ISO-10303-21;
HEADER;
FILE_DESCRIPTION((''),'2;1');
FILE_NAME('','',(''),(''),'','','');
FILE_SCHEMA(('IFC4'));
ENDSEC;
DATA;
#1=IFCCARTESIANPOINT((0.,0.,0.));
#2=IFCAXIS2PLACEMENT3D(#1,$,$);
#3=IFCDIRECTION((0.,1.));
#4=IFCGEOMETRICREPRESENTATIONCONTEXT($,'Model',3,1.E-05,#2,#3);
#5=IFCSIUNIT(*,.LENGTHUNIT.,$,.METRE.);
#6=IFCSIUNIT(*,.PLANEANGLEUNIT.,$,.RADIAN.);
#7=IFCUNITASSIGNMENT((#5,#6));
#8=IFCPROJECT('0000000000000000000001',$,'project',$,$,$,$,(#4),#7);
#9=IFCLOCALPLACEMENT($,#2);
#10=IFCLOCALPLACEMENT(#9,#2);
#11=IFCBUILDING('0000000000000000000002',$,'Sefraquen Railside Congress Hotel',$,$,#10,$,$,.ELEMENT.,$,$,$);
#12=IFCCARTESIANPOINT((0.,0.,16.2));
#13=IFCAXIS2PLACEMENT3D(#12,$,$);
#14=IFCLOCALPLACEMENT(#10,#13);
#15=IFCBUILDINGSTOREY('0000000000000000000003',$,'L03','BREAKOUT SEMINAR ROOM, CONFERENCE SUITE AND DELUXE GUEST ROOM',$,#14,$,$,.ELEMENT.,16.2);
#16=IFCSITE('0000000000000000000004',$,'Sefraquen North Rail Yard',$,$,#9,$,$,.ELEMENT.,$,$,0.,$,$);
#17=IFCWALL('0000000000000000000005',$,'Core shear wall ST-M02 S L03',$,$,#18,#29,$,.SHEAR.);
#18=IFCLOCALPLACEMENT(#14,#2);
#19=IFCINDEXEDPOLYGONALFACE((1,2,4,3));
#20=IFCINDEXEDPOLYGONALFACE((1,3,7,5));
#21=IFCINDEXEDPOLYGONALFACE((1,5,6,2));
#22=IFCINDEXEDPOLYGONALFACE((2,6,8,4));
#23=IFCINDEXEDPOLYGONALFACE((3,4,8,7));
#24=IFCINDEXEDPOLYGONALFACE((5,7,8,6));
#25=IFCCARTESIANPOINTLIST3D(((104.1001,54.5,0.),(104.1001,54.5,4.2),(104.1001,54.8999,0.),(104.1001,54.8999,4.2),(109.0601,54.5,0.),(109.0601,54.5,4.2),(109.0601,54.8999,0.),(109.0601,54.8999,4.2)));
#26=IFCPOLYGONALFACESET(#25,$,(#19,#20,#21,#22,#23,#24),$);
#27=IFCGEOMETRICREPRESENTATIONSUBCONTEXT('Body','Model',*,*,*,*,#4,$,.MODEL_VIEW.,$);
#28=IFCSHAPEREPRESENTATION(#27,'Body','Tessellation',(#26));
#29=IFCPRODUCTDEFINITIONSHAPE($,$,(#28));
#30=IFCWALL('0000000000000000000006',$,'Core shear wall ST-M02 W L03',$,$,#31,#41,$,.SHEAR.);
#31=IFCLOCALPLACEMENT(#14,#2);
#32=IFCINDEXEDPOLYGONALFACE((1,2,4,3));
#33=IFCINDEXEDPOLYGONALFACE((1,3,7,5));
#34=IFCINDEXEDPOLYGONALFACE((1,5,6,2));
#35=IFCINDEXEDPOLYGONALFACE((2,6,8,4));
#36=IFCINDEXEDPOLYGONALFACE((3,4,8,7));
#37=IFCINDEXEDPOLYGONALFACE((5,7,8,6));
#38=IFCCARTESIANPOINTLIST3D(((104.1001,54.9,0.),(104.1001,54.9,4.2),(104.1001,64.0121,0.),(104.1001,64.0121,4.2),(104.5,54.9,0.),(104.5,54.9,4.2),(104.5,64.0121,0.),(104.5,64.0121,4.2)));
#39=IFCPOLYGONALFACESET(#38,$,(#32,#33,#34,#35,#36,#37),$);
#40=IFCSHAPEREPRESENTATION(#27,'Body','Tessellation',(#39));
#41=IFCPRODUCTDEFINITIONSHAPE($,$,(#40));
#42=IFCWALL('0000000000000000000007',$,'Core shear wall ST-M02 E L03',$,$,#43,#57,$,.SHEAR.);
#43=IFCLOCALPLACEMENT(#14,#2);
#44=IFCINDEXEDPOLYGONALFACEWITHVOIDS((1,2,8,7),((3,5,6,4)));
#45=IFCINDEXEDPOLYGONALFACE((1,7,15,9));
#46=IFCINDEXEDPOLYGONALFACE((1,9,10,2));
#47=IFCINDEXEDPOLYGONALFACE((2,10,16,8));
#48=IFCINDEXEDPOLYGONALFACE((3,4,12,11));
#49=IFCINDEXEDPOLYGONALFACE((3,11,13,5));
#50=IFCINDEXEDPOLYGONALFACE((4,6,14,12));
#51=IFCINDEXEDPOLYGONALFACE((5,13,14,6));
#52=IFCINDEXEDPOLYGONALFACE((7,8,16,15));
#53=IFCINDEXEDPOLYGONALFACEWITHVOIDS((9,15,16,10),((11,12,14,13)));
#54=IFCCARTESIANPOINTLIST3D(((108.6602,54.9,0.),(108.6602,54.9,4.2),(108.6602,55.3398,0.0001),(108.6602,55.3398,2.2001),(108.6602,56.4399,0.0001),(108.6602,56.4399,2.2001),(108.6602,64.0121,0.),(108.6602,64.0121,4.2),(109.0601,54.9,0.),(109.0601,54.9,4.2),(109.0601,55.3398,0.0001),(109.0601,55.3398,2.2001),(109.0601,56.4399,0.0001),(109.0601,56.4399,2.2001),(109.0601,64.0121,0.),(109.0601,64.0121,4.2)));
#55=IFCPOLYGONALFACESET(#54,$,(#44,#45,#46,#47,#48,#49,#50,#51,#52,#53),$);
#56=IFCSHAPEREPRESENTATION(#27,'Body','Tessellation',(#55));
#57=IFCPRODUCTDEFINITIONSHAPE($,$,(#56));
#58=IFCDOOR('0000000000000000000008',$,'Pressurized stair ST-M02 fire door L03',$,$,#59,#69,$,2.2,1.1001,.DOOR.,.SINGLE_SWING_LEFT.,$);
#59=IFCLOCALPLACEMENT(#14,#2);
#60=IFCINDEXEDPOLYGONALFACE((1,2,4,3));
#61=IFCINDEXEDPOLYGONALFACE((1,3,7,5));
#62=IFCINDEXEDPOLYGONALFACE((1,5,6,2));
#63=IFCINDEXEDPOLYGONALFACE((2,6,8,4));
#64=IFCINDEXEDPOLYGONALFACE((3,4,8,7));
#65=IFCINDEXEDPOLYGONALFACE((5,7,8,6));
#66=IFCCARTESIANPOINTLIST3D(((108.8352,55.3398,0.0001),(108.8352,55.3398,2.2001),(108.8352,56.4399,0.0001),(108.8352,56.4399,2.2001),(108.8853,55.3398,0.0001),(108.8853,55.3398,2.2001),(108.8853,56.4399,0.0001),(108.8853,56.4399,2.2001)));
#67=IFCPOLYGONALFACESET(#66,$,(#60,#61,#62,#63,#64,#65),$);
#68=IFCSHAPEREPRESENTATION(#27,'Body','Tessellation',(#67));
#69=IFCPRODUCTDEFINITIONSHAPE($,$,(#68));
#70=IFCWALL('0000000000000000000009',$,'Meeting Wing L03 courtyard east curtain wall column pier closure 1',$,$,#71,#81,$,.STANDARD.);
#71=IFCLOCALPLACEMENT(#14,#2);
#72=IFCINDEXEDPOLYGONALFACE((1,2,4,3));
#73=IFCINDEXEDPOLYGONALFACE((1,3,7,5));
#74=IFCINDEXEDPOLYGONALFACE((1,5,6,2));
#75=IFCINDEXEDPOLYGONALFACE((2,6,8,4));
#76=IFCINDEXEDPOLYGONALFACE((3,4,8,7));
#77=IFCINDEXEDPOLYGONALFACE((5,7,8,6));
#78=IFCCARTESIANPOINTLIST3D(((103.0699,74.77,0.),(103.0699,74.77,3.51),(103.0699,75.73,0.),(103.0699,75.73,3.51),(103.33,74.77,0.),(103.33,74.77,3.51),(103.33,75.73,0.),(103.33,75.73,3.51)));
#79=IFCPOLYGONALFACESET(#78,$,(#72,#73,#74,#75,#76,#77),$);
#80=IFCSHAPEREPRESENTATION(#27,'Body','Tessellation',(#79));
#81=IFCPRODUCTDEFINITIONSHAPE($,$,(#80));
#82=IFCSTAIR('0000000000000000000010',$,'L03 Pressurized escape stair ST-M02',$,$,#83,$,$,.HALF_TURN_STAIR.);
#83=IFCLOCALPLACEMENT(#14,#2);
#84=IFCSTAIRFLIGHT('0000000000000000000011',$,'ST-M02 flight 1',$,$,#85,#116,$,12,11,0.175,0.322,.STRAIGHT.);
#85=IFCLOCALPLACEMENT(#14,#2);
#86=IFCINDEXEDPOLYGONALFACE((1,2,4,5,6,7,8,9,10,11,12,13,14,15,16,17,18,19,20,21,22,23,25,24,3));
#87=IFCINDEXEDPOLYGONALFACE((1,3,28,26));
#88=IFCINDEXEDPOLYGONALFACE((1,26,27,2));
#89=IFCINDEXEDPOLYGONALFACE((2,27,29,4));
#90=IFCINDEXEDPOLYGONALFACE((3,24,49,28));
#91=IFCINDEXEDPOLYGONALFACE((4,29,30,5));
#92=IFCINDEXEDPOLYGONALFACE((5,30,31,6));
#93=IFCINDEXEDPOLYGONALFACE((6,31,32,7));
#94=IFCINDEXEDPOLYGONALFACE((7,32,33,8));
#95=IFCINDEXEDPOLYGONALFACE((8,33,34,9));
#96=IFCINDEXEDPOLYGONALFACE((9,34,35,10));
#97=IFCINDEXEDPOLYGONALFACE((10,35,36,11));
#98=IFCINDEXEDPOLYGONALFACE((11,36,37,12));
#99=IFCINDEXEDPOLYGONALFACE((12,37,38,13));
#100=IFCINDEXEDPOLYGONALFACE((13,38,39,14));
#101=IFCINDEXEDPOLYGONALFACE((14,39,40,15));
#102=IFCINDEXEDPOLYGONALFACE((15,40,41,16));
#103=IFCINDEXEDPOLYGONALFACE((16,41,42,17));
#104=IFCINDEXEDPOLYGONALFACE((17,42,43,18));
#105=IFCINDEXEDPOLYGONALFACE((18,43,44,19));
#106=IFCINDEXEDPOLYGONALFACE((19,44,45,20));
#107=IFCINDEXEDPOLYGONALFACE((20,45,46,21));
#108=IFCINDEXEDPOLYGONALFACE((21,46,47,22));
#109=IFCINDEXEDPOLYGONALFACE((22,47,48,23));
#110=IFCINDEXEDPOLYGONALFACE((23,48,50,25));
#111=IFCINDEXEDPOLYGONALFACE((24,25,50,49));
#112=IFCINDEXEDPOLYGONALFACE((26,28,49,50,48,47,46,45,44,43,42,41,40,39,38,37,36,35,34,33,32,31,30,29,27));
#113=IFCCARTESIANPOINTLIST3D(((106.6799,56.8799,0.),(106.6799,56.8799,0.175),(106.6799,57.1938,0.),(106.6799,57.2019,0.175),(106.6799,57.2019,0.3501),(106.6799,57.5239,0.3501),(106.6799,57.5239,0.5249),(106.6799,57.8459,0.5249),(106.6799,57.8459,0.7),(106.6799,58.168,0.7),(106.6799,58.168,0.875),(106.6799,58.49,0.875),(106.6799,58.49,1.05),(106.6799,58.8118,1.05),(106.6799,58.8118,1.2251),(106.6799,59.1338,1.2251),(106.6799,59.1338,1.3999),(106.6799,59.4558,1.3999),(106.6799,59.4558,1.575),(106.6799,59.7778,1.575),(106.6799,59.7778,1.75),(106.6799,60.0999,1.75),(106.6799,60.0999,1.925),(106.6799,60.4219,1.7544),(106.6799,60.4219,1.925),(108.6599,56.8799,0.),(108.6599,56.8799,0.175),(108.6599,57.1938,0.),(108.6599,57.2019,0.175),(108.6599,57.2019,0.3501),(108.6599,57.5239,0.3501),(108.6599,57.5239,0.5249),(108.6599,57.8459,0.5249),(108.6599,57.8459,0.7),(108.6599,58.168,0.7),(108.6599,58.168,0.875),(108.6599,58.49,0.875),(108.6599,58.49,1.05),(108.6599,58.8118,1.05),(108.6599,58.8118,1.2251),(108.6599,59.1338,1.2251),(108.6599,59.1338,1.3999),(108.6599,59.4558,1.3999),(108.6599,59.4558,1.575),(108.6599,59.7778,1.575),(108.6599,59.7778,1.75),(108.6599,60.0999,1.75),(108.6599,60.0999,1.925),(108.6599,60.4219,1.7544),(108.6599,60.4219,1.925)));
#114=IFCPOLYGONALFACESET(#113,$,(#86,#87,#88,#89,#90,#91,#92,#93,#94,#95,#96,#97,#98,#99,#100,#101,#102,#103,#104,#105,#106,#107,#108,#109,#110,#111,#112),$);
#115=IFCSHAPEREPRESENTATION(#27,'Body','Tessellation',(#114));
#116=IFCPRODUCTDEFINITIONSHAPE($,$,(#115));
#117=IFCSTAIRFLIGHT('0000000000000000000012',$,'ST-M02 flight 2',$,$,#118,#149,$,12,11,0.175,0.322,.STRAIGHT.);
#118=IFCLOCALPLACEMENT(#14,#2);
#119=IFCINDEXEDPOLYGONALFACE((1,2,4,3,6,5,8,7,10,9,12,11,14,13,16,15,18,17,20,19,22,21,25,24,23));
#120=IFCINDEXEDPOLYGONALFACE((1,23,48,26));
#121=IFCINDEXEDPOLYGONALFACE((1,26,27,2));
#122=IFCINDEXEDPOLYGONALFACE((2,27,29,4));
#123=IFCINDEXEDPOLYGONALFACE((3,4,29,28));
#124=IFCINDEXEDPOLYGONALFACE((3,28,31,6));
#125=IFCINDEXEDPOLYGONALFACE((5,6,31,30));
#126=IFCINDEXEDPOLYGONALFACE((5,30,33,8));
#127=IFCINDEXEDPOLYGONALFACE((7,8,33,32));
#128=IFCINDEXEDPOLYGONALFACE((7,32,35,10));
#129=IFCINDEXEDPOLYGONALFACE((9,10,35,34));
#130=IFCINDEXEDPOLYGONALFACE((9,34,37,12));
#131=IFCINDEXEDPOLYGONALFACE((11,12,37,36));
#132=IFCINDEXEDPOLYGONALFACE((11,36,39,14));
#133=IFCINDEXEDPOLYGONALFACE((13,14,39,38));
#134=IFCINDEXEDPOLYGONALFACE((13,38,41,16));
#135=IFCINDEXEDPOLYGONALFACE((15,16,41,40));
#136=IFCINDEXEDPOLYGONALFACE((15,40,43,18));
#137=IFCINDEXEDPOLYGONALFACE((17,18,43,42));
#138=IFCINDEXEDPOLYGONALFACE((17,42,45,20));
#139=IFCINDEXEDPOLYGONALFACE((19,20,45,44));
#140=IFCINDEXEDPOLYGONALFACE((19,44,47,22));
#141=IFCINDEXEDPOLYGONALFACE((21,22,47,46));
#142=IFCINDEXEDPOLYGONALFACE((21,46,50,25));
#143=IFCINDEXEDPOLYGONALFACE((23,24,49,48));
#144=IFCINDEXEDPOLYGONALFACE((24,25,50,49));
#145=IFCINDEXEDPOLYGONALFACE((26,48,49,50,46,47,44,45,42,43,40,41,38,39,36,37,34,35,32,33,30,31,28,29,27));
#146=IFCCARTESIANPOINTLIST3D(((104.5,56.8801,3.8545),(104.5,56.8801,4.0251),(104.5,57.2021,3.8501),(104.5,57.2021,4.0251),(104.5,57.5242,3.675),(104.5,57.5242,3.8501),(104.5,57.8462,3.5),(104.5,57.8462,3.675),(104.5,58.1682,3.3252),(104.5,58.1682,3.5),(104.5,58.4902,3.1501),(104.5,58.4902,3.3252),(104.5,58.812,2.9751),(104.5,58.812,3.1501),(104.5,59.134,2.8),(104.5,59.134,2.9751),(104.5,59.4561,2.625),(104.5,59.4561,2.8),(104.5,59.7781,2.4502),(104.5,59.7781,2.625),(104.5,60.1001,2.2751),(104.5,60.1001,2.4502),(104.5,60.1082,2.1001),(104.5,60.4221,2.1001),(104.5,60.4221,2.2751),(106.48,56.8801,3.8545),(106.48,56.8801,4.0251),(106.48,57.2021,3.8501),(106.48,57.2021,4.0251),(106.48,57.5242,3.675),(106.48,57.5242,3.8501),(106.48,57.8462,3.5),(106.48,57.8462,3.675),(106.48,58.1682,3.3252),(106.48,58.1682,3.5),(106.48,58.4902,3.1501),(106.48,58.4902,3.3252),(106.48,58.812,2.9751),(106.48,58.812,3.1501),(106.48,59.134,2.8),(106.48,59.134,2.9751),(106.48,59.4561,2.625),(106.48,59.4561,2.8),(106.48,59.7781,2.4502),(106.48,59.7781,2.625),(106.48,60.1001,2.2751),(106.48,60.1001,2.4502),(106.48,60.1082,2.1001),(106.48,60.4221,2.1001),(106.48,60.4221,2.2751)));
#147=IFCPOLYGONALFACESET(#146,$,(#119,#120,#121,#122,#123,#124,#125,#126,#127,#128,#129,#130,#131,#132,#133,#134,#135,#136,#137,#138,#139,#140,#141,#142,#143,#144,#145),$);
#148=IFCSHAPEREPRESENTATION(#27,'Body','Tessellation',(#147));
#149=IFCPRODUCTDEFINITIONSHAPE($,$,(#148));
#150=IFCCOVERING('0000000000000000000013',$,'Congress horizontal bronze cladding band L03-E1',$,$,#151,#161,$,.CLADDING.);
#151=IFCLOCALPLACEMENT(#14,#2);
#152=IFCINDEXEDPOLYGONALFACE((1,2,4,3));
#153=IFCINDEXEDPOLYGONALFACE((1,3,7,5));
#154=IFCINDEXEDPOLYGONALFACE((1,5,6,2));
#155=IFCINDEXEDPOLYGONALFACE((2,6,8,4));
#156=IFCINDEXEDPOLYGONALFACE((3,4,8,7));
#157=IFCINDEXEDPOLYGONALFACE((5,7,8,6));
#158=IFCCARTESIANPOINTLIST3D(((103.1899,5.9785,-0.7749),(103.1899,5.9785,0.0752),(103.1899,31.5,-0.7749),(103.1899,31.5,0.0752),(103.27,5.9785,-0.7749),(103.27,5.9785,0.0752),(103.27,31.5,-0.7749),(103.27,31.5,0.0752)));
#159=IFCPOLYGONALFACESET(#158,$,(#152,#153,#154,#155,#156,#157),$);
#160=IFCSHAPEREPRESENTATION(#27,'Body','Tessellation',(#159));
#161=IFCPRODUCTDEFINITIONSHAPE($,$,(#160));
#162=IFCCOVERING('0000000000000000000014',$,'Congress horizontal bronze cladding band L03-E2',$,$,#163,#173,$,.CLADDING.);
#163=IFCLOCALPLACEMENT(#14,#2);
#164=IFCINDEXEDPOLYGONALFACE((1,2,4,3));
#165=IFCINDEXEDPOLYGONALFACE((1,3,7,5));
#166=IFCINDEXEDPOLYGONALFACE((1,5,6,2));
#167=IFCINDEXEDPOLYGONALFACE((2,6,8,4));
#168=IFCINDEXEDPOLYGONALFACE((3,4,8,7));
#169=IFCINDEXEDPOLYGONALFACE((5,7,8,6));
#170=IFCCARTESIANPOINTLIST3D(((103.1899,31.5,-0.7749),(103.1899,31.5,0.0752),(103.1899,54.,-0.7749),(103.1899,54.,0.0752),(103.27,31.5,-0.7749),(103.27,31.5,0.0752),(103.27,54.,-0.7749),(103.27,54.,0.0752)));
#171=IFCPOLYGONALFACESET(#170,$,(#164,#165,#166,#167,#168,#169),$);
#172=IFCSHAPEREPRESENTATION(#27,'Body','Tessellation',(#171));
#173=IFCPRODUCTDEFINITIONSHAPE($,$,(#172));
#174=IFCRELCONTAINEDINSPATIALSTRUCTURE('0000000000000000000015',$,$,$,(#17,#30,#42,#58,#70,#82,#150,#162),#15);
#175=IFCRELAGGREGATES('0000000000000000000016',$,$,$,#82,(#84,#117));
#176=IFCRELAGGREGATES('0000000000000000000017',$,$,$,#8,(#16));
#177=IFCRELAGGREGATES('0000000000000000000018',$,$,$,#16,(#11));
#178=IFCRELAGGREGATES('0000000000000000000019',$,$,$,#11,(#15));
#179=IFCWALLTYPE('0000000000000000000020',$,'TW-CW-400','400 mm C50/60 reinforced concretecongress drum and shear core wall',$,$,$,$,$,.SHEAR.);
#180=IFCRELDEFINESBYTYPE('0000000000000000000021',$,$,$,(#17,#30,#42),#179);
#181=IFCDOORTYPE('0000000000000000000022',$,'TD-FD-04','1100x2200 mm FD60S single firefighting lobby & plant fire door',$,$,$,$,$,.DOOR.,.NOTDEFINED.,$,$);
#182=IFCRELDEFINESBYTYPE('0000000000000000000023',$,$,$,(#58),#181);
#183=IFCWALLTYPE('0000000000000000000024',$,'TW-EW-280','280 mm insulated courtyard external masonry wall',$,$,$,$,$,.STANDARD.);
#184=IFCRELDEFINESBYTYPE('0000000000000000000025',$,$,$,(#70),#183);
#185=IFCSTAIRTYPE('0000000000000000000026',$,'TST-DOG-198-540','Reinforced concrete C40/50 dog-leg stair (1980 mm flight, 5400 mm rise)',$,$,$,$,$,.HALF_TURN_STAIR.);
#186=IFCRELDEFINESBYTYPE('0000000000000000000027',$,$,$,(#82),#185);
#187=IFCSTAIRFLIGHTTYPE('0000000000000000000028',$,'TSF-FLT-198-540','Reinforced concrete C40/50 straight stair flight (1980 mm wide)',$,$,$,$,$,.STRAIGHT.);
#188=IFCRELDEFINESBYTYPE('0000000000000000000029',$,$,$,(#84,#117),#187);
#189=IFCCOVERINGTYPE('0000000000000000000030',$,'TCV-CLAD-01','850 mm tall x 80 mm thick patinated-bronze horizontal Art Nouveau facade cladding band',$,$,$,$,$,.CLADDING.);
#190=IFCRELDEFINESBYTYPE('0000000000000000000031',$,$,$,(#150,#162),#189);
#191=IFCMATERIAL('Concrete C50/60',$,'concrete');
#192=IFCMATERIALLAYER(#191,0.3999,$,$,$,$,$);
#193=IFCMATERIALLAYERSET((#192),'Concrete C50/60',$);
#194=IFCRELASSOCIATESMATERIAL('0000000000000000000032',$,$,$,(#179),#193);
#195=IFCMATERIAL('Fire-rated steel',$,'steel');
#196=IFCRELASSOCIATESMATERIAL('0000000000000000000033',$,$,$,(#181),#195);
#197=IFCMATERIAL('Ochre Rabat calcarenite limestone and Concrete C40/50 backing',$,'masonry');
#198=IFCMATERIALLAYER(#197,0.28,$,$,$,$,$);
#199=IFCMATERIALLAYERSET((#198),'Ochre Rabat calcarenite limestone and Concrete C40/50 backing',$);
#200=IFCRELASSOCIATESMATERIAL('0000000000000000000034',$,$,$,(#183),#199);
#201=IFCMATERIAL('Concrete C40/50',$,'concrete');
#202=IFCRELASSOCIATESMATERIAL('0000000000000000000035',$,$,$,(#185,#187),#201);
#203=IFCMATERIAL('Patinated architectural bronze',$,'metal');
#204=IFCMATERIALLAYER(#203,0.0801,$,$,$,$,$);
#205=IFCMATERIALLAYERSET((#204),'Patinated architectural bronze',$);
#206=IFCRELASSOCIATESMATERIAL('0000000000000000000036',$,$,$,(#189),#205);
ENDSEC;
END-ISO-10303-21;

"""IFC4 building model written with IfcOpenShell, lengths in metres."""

from ifc_helpers import new_model, si_unit, direction, frame, frame_2d, origin, origin_2d, place, context, subcontext, project, spatial, polyline, rectangle, outline, extrude, material, layer, layer_set, type_object, element, fill, aggregate, save


model = new_model("IFC4")

# Units and contexts
model_context = context("Model", 3, precision=1e-05, world=origin(), true_north=direction((0.0, 1.0)))
body_context = subcontext(model_context, "Body", "Model", "MODEL_VIEW")
ifc_project = project(units=[si_unit("LENGTHUNIT", "METRE"), si_unit("PLANEANGLEUNIT", "RADIAN")], contexts=[model_context])

# Site, building, storey
site_placement = place(None, origin())
site = spatial("IfcSite", under=ifc_project, at=site_placement, Name="Sefraquen North Rail Yard", CompositionType="ELEMENT", RefElevation=0.0)
building_placement = place(site_placement, origin())
building = spatial("IfcBuilding", under=site, at=building_placement, Name="Sefraquen Railside Congress Hotel", CompositionType="ELEMENT")
storey_placement = place(building_placement, frame((0.0, 0.0, 16.2)))
storey = spatial("IfcBuildingStorey", under=building, at=storey_placement, Name="L03", Description="BREAKOUT SEMINAR ROOM, CONFERENCE SUITE AND DELUXE GUEST ROOM", CompositionType="ELEMENT", Elevation=16.2)

# Shared definitions
ifc_material_1 = material(Name="Concrete C50/60", Category="concrete")

# Walls
ifc_layer_1 = layer(ifc_material_1, 0.3999)
ifc_layer_set_1 = layer_set([ifc_layer_1], Name="Concrete C50/60")
wall_type_1 = type_object("IfcWallType", Name="TW-CW-400", Description="400 mm C50/60 reinforced concretecongress drum and shear core wall", PredefinedType="SHEAR", material=ifc_layer_set_1)
for number, where, z_axis, x_axis, name in (
    (1, (104.1001, 54.7, 0.0), (0.0, 0.0, 1.0), (1.0, 0.0, 0.0), "Core shear wall ST-M02 S L03"),
):
    element("IfcWall", number, at=place(storey_placement, frame(where, z_axis=z_axis, x_axis=x_axis)), inside=storey, type_object=wall_type_1, Name=name, PredefinedType="SHEAR", context=body_context, shape_type="SweptSolid", body=[
        extrude(rectangle(XDim=4.96, YDim=0.3999, at=frame_2d((2.48, 0.0))), origin(), (0.0, 0.0, 1.0), 4.2),
    ])
wall_1_placement = place(storey_placement, frame((104.3, 54.8999, 0.0), z_axis=(0.0, 0.0, 1.0), x_axis=(0.0, 1.0, 0.0)))
element("IfcWall", 2, at=wall_1_placement, inside=storey, type_object=wall_type_1, Name="Core shear wall ST-M02 W L03", PredefinedType="SHEAR", context=body_context, shape_type="SweptSolid", body=[
    extrude(rectangle(XDim=9.1121, YDim=0.3999, at=frame_2d((4.5562, 0.0))), origin(), (0.0, 0.0, 1.0), 4.2),
])

# Wall, opening, door
wall_2_placement = place(storey_placement, frame((108.8601, 54.8999, 0.0), z_axis=(0.0, 0.0, 1.0), x_axis=(0.0, 1.0, 0.0)))
wall_2 = element("IfcWall", 3, at=wall_2_placement, inside=storey, type_object=wall_type_1, Name="Core shear wall ST-M02 E L03", PredefinedType="SHEAR", context=body_context, shape_type="SweptSolid", body=[
    extrude(rectangle(XDim=9.1121, YDim=0.3999, at=frame_2d((4.5562, 0.0))), origin(), (0.0, 0.0, 1.0), 4.2),
])
opening_placement = place(wall_2_placement, frame((0.4399, 0.0, 0.0)))
opening = element("IfcOpeningElement", 4, at=opening_placement, cuts=wall_2, PredefinedType="OPENING", context=body_context, shape_type="SweptSolid", body=[
    extrude(rectangle(XDim=1.1001, YDim=2.2, at=frame_2d((0.55, 1.1001))), frame((0.0, 0.21, 0.0), z_axis=(0.0, -1.0, 0.0), x_axis=(1.0, 0.0, 0.0)), (0.0, 0.0, 1.0), 0.4199),
])
ifc_material_2 = material(Name="Fire-rated steel", Category="steel")
door_type = type_object("IfcDoorType", Name="TD-FD-04", Description="1100x2200 mm FD60S single firefighting lobby & plant fire door", OperationType="NOTDEFINED", PredefinedType="DOOR", material=ifc_material_2)
door_placement = place(opening_placement, origin())
door = element("IfcDoor", 5, at=door_placement, inside=storey, type_object=door_type, Name="Pressurized stair ST-M02 fire door L03", OperationType="SINGLE_SWING_LEFT", OverallHeight=2.2, OverallWidth=1.1001, PredefinedType="DOOR", context=body_context, shape_type="SweptSolid", body=[
    extrude(rectangle(XDim=1.1001, YDim=2.2, at=frame_2d((0.55, 1.1001))), frame((0.0, 0.0249, 0.0), z_axis=(0.0, -1.0, 0.0), x_axis=(1.0, 0.0, 0.0)), (0.0, 0.0, 1.0), 0.05),
])
fill(opening, door)

# Wall
ifc_material_3 = material(Name="Ochre Rabat calcarenite limestone and Concrete C40/50 backing", Category="masonry")
ifc_layer_2 = layer(ifc_material_3, 0.28)
ifc_layer_set_2 = layer_set([ifc_layer_2], Name="Ochre Rabat calcarenite limestone and Concrete C40/50 backing")
wall_type_2 = type_object("IfcWallType", Name="TW-EW-280", Description="280 mm insulated courtyard external masonry wall", PredefinedType="STANDARD", material=ifc_layer_set_2)
wall_3_placement = place(storey_placement, frame((103.2, 74.77, 0.0), z_axis=(0.0, 0.0, 1.0), x_axis=(0.0, 1.0, 0.0)))
element("IfcWall", 6, at=wall_3_placement, inside=storey, type_object=wall_type_2, Name="Meeting Wing L03 courtyard east curtain wall column pier closure 1", PredefinedType="STANDARD", context=body_context, shape_type="SweptSolid", body=[
    extrude(rectangle(XDim=0.96, YDim=0.26, at=frame_2d((0.48, 0.0))), origin(), (0.0, 0.0, 1.0), 3.51),
])

# Stair, stair flights
ifc_material_4 = material(Name="Concrete C40/50", Category="concrete")
stair_type = type_object("IfcStairType", Name="TST-DOG-198-540", Description="Reinforced concrete C40/50 dog-leg stair (1980 mm flight, 5400 mm rise)", PredefinedType="HALF_TURN_STAIR", material=ifc_material_4)
stair_placement = place(storey_placement, origin())
stair = element("IfcStair", 7, at=stair_placement, inside=storey, type_object=stair_type, Name="L03 Pressurized escape stair ST-M02", PredefinedType="HALF_TURN_STAIR")
stair_flight_type = type_object("IfcStairFlightType", Name="TSF-FLT-198-540", Description="Reinforced concrete C40/50 straight stair flight (1980 mm wide)", PredefinedType="STRAIGHT", material=ifc_material_4)
stair_flight_1_placement = place(storey_placement, frame((107.6699, 56.8799, 0.0), z_axis=(0.0, 0.0, 1.0), x_axis=(0.0, 1.0, 0.0)))
stair_flight_1 = element("IfcStairFlight", 8, at=stair_flight_1_placement, type_object=stair_flight_type, Name="ST-M02 flight 1", NumberOfRisers=12, NumberOfTreads=11, PredefinedType="STRAIGHT", RiserHeight=0.175, TreadLength=0.322, context=body_context, shape_type="SweptSolid", body=[
    extrude(outline(polyline([(0.0, 0.0), (0.0, 0.175), (0.322, 0.175), (0.322, 0.3501), (0.644, 0.3501), (0.644, 0.5249), (0.9661, 0.5249), (0.9661, 0.7), (1.2881, 0.7), (1.2881, 0.875), (1.6101, 0.875), (1.6101, 1.05), (1.9319, 1.05), (1.9319, 1.2251), (2.2539, 1.2251), (2.2539, 1.3999), (2.5759, 1.3999), (2.5759, 1.575), (2.8979, 1.575), (2.8979, 1.75), (3.22, 1.75), (3.22, 1.925), (3.542, 1.925), (3.542, 2.1001), (3.542, 1.7544), (0.314, 0.0), (0.0, 0.0)])), frame((0.0, 0.99, 0.0), z_axis=(0.0, -1.0, 0.0), x_axis=(1.0, 0.0, 0.0)), (0.0, 0.0, 1.0), 1.98),
])
stair_flight_2_placement = place(storey_placement, frame((105.49, 60.4221, 2.1001), z_axis=(0.0, 0.0, 1.0), x_axis=(0.0, -1.0, 0.0)))
stair_flight_2 = element("IfcStairFlight", 9, at=stair_flight_2_placement, type_object=stair_flight_type, Name="ST-M02 flight 2", NumberOfRisers=12, NumberOfTreads=11, PredefinedType="STRAIGHT", RiserHeight=0.175, TreadLength=0.322, context=body_context, shape_type="SweptSolid", body=[
    extrude(outline(polyline([(0.0, 0.0), (0.0, 0.175), (0.322, 0.175), (0.322, 0.3501), (0.644, 0.3501), (0.644, 0.5249), (0.9661, 0.5249), (0.9661, 0.7), (1.2881, 0.7), (1.2881, 0.875), (1.6101, 0.875), (1.6101, 1.05), (1.9319, 1.05), (1.9319, 1.2251), (2.2539, 1.2251), (2.2539, 1.3999), (2.5759, 1.3999), (2.5759, 1.575), (2.8979, 1.575), (2.8979, 1.75), (3.22, 1.75), (3.22, 1.925), (3.542, 1.925), (3.542, 2.1001), (3.542, 1.7544), (0.314, 0.0), (0.0, 0.0)])), frame((0.0, 0.99, 0.0), z_axis=(0.0, -1.0, 0.0), x_axis=(1.0, 0.0, 0.0)), (0.0, 0.0, 1.0), 1.98),
])
aggregate(stair, [stair_flight_1, stair_flight_2])

# Coverings
ifc_material_5 = material(Name="Patinated architectural bronze", Category="metal")
ifc_layer_3 = layer(ifc_material_5, 0.0801)
ifc_layer_set_3 = layer_set([ifc_layer_3], Name="Patinated architectural bronze")
covering_type = type_object("IfcCoveringType", Name="TCV-CLAD-01", Description="850 mm tall x 80 mm thick patinated-bronze horizontal Art Nouveau facade cladding band", PredefinedType="CLADDING", material=ifc_layer_set_3)
covering_1_placement = place(storey_placement, frame((103.23, 18.7393, -0.7749), z_axis=(0.0, 0.0, 1.0), x_axis=(1.0, 0.0, 0.0)))
element("IfcCovering", 10, at=covering_1_placement, inside=storey, type_object=covering_type, Name="Congress horizontal bronze cladding band L03-E1", PredefinedType="CLADDING", context=body_context, shape_type="SweptSolid", body=[
    extrude(rectangle(XDim=0.0801, YDim=25.5215, at=origin_2d()), origin(), (0.0, 0.0, 1.0), 0.8501),
])
covering_2_placement = place(storey_placement, frame((103.23, 42.75, -0.7749), z_axis=(0.0, 0.0, 1.0), x_axis=(1.0, 0.0, 0.0)))
element("IfcCovering", 11, at=covering_2_placement, inside=storey, type_object=covering_type, Name="Congress horizontal bronze cladding band L03-E2", PredefinedType="CLADDING", context=body_context, shape_type="SweptSolid", body=[
    extrude(rectangle(XDim=0.0801, YDim=22.5, at=origin_2d()), origin(), (0.0, 0.0, 1.0), 0.8501),
])

save(model, "model.ifc")
